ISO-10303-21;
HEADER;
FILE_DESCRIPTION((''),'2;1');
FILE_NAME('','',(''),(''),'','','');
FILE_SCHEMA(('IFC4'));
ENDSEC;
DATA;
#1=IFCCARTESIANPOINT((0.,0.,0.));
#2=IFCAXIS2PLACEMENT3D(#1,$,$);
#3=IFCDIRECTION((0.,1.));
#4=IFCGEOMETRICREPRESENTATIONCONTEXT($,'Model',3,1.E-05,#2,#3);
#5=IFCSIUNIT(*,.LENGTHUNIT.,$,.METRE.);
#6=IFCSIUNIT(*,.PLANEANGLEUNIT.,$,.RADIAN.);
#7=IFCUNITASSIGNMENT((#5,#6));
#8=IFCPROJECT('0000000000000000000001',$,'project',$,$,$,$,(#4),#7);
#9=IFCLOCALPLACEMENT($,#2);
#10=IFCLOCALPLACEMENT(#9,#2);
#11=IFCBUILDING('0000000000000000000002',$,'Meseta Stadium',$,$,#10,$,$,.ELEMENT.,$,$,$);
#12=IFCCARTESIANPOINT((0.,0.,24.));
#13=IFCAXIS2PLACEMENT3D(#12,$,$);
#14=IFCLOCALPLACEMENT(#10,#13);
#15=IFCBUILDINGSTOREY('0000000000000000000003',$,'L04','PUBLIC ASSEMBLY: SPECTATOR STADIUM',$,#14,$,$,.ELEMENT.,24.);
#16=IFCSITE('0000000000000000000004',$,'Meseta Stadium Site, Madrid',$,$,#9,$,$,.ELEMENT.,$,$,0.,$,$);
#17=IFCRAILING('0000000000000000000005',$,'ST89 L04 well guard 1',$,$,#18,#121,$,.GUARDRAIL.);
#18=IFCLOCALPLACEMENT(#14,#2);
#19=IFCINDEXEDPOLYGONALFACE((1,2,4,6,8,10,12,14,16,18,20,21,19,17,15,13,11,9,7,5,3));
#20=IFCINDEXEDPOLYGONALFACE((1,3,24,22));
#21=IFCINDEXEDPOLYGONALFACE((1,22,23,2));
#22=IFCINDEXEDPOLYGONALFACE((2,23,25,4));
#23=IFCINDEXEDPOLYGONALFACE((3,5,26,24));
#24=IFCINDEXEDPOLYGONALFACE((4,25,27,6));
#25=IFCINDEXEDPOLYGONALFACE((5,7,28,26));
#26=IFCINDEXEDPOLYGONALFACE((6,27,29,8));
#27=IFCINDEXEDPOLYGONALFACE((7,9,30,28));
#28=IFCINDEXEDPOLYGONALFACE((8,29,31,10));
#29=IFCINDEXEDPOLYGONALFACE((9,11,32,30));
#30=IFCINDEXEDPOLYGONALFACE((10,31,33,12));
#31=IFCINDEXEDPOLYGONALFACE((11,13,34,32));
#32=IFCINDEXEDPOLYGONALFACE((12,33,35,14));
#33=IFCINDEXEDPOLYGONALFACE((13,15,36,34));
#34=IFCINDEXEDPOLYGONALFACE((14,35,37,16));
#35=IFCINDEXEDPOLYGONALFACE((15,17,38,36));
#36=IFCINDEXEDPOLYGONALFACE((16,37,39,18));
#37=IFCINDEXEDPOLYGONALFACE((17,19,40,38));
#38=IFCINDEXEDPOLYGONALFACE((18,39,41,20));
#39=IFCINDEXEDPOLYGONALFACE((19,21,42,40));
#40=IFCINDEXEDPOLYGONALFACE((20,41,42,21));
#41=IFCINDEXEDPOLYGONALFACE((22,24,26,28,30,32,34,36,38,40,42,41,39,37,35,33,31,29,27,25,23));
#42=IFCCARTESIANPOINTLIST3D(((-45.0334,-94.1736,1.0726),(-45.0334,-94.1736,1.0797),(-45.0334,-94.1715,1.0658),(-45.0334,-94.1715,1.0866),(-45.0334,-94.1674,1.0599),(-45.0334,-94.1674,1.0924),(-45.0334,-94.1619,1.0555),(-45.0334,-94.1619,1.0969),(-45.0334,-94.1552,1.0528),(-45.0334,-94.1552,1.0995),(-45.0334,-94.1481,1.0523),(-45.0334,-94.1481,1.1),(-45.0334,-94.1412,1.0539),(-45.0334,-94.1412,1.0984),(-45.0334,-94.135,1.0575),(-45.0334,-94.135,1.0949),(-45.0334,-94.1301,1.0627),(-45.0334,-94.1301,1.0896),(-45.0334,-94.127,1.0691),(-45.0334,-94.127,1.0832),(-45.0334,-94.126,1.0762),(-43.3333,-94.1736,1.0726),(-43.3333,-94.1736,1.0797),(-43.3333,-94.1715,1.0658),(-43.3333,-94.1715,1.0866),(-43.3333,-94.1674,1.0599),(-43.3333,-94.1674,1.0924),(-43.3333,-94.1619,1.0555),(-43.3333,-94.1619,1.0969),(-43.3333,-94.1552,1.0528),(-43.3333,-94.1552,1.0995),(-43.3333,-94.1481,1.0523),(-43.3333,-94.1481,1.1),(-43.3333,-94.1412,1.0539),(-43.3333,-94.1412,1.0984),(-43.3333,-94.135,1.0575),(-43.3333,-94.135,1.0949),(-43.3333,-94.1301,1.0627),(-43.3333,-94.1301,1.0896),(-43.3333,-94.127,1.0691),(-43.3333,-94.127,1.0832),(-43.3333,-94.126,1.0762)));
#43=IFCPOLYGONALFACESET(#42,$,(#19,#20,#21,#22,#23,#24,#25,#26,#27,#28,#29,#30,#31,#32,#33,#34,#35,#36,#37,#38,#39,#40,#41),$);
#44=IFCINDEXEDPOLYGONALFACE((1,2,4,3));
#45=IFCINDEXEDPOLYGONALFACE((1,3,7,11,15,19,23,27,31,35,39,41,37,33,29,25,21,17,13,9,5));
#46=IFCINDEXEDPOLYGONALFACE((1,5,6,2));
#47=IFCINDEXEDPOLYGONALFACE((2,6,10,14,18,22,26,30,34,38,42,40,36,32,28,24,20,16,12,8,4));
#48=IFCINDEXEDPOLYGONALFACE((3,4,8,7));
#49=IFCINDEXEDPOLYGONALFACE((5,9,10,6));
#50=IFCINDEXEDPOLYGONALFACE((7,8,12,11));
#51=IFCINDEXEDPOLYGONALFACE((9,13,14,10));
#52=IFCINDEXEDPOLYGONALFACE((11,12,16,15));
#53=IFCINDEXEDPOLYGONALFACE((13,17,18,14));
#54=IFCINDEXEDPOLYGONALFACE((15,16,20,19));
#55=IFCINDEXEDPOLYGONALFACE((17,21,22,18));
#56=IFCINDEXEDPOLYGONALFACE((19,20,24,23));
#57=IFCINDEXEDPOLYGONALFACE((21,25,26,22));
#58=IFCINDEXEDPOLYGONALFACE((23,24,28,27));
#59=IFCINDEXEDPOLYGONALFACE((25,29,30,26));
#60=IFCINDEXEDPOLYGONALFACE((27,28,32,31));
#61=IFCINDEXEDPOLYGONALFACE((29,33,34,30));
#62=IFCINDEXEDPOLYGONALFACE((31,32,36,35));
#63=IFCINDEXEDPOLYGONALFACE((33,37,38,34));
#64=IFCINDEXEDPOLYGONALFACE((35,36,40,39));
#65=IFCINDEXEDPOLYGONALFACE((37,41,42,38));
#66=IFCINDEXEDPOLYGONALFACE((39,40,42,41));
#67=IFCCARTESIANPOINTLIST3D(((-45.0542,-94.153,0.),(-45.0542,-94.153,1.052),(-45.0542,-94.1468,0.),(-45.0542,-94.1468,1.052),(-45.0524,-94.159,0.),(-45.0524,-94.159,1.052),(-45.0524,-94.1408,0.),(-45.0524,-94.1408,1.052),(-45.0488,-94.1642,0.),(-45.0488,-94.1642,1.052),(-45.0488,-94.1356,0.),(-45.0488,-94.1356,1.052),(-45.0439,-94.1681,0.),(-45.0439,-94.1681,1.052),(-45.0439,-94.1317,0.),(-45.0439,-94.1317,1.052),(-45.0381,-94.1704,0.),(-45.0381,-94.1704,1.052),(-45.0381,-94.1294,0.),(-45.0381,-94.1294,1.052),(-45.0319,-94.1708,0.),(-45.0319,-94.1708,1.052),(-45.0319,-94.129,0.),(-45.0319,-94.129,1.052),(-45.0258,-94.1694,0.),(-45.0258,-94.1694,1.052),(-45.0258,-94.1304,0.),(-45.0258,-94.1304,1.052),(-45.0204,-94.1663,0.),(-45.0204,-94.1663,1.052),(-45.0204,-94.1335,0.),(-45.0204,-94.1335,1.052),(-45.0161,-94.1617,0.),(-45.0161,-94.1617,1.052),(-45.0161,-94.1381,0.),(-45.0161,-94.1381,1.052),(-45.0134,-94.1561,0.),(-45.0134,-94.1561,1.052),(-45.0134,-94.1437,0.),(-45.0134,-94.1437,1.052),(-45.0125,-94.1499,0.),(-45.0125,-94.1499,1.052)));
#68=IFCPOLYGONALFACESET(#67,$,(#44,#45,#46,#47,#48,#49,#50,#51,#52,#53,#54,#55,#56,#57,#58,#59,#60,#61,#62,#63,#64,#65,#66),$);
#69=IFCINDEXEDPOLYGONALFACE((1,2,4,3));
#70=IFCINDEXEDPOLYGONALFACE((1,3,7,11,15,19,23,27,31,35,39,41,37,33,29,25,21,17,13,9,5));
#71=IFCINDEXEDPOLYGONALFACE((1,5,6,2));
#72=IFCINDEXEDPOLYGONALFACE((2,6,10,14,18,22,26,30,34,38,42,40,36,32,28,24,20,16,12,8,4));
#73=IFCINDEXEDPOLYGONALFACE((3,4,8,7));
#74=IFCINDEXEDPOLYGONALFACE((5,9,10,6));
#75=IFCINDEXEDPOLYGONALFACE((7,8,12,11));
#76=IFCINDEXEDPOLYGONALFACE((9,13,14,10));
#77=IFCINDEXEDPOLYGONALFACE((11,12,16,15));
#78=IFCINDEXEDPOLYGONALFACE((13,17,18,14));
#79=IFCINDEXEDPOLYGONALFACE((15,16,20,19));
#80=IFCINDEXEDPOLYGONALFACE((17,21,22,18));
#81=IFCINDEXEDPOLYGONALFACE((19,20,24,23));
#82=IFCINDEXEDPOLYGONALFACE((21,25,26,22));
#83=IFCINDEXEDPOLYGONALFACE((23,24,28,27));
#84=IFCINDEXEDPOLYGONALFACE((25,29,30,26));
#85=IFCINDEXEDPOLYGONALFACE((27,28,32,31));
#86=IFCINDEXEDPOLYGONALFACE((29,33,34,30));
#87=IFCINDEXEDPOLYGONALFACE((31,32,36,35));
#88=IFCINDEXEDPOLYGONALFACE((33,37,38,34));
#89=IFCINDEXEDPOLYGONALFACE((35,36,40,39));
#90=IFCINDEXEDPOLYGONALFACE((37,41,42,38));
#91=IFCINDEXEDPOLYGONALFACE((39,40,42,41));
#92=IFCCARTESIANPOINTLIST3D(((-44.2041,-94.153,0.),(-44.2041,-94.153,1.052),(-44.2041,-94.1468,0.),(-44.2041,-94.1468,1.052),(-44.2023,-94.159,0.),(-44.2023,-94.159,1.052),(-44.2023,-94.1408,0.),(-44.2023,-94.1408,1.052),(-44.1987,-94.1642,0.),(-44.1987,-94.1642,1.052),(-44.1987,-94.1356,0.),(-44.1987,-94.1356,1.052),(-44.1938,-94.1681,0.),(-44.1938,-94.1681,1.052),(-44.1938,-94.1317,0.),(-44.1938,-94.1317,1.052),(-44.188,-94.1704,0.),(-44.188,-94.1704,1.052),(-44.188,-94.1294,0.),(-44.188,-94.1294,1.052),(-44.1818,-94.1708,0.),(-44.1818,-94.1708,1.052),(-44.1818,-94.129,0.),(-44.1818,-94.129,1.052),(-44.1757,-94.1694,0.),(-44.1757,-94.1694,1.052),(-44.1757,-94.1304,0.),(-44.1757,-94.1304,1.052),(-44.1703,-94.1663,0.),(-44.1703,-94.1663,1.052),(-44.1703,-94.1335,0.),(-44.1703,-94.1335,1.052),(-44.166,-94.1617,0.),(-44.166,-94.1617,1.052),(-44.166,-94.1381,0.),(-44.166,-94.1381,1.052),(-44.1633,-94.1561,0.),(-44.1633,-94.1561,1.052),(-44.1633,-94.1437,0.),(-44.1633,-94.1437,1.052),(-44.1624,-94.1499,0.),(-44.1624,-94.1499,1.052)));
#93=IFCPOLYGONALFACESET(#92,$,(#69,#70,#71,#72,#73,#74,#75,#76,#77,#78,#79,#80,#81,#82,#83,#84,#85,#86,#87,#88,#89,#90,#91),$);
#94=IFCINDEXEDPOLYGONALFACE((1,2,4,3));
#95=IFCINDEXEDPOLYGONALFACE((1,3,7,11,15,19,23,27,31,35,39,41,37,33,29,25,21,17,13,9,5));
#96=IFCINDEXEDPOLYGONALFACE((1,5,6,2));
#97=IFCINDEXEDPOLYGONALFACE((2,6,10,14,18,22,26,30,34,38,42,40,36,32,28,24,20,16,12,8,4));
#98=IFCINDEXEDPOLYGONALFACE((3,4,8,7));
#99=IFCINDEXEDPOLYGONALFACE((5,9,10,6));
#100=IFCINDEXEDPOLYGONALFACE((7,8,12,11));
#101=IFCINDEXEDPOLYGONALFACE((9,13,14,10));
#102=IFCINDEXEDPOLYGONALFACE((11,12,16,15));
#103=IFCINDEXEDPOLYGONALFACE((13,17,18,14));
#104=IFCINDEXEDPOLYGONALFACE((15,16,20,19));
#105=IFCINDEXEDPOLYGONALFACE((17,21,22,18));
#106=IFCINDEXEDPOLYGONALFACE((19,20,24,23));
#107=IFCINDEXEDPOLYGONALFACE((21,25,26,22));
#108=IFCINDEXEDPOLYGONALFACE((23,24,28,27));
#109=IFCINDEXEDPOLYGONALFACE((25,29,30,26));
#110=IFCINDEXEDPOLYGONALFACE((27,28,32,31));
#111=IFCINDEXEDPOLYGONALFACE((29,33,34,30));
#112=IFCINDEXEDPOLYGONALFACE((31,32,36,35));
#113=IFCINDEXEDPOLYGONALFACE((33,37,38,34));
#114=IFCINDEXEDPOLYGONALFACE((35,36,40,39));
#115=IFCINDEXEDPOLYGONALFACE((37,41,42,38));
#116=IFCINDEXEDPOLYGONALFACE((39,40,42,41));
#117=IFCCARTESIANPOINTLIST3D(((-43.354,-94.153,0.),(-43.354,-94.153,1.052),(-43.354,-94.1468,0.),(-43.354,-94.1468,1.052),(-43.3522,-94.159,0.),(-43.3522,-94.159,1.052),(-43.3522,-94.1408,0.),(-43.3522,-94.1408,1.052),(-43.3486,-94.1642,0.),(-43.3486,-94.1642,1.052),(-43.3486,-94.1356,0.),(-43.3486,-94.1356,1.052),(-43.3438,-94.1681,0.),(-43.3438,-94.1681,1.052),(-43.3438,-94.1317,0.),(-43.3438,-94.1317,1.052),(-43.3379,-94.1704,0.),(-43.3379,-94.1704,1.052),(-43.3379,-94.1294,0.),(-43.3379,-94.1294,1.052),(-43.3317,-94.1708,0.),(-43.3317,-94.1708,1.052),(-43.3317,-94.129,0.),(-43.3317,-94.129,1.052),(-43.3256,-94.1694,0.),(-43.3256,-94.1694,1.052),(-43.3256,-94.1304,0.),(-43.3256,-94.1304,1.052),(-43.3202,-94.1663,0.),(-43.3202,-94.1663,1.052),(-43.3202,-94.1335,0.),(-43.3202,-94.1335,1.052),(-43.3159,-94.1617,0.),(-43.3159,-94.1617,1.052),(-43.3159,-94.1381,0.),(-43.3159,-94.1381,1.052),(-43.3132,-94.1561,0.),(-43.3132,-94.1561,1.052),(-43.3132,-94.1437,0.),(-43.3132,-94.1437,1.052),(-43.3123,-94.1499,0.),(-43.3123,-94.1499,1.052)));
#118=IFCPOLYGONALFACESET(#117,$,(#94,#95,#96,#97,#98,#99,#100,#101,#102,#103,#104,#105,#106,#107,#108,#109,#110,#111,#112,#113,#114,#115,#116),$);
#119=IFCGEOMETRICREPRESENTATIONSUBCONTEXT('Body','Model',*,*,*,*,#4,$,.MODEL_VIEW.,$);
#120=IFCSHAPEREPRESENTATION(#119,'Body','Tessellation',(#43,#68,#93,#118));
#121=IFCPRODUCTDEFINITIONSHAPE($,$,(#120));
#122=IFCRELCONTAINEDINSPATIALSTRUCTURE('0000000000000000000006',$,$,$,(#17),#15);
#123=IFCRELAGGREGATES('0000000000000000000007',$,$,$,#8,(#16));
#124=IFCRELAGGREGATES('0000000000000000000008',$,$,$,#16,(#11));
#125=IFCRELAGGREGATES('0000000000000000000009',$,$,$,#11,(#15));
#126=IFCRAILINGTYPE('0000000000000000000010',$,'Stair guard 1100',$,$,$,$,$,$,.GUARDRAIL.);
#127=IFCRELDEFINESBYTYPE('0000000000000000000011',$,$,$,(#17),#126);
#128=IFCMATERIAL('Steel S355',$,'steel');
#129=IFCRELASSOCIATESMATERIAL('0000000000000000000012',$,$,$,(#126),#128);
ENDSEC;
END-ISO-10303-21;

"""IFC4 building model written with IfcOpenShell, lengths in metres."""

from ifc_helpers import new_model, si_unit, direction, frame, origin, origin_2d, place, context, subcontext, project, spatial, circle, extrude, material, type_object, element, save


model = new_model("IFC4")

# Units and contexts
model_context = context("Model", 3, precision=1e-05, world=origin(), true_north=direction((0.0, 1.0)))
body_context = subcontext(model_context, "Body", "Model", "MODEL_VIEW")
ifc_project = project(units=[si_unit("LENGTHUNIT", "METRE"), si_unit("PLANEANGLEUNIT", "RADIAN")], contexts=[model_context])

# Site, building, storey
site_placement = place(None, origin())
site = spatial("IfcSite", under=ifc_project, at=site_placement, Name="Meseta Stadium Site, Madrid", CompositionType="ELEMENT", RefElevation=0.0)
building_placement = place(site_placement, origin())
building = spatial("IfcBuilding", under=site, at=building_placement, Name="Meseta Stadium", CompositionType="ELEMENT")
storey_placement = place(building_placement, frame((0.0, 0.0, 24.0)))
storey = spatial("IfcBuildingStorey", under=building, at=storey_placement, Name="L04", Description="PUBLIC ASSEMBLY: SPECTATOR STADIUM", CompositionType="ELEMENT", Elevation=24.0)

# Railing
ifc_material_1 = material(Name="Steel S355", Category="steel")
railing_type = type_object("IfcRailingType", Name="Stair guard 1100", PredefinedType="GUARDRAIL", material=ifc_material_1)
railing_placement = place(storey_placement, frame((-45.0334, -94.1499, 0.0)))
element("IfcRailing", 1, at=railing_placement, inside=storey, type_object=railing_type, Name="ST89 L04 well guard 1", PredefinedType="GUARDRAIL", context=body_context, shape_type="SweptSolid", body=[
    extrude(circle(Radius=0.0239, at=origin_2d()), frame((0.0, 0.0, 1.0762), z_axis=(1.0, 0.0, 0.0), x_axis=(0.0, 1.0, 0.0)), (0.0, 0.0, 1.0), 1.7002),
    extrude(circle(Radius=0.021, at=origin_2d()), origin(), (0.0, 0.0, 1.0), 1.052),
    extrude(circle(Radius=0.021, at=origin_2d()), frame((0.8501, 0.0, 0.0)), (0.0, 0.0, 1.0), 1.052),
    extrude(circle(Radius=0.021, at=origin_2d()), frame((1.7002, 0.0, 0.0)), (0.0, 0.0, 1.0), 1.052),
])

save(model, "model.ifc")
